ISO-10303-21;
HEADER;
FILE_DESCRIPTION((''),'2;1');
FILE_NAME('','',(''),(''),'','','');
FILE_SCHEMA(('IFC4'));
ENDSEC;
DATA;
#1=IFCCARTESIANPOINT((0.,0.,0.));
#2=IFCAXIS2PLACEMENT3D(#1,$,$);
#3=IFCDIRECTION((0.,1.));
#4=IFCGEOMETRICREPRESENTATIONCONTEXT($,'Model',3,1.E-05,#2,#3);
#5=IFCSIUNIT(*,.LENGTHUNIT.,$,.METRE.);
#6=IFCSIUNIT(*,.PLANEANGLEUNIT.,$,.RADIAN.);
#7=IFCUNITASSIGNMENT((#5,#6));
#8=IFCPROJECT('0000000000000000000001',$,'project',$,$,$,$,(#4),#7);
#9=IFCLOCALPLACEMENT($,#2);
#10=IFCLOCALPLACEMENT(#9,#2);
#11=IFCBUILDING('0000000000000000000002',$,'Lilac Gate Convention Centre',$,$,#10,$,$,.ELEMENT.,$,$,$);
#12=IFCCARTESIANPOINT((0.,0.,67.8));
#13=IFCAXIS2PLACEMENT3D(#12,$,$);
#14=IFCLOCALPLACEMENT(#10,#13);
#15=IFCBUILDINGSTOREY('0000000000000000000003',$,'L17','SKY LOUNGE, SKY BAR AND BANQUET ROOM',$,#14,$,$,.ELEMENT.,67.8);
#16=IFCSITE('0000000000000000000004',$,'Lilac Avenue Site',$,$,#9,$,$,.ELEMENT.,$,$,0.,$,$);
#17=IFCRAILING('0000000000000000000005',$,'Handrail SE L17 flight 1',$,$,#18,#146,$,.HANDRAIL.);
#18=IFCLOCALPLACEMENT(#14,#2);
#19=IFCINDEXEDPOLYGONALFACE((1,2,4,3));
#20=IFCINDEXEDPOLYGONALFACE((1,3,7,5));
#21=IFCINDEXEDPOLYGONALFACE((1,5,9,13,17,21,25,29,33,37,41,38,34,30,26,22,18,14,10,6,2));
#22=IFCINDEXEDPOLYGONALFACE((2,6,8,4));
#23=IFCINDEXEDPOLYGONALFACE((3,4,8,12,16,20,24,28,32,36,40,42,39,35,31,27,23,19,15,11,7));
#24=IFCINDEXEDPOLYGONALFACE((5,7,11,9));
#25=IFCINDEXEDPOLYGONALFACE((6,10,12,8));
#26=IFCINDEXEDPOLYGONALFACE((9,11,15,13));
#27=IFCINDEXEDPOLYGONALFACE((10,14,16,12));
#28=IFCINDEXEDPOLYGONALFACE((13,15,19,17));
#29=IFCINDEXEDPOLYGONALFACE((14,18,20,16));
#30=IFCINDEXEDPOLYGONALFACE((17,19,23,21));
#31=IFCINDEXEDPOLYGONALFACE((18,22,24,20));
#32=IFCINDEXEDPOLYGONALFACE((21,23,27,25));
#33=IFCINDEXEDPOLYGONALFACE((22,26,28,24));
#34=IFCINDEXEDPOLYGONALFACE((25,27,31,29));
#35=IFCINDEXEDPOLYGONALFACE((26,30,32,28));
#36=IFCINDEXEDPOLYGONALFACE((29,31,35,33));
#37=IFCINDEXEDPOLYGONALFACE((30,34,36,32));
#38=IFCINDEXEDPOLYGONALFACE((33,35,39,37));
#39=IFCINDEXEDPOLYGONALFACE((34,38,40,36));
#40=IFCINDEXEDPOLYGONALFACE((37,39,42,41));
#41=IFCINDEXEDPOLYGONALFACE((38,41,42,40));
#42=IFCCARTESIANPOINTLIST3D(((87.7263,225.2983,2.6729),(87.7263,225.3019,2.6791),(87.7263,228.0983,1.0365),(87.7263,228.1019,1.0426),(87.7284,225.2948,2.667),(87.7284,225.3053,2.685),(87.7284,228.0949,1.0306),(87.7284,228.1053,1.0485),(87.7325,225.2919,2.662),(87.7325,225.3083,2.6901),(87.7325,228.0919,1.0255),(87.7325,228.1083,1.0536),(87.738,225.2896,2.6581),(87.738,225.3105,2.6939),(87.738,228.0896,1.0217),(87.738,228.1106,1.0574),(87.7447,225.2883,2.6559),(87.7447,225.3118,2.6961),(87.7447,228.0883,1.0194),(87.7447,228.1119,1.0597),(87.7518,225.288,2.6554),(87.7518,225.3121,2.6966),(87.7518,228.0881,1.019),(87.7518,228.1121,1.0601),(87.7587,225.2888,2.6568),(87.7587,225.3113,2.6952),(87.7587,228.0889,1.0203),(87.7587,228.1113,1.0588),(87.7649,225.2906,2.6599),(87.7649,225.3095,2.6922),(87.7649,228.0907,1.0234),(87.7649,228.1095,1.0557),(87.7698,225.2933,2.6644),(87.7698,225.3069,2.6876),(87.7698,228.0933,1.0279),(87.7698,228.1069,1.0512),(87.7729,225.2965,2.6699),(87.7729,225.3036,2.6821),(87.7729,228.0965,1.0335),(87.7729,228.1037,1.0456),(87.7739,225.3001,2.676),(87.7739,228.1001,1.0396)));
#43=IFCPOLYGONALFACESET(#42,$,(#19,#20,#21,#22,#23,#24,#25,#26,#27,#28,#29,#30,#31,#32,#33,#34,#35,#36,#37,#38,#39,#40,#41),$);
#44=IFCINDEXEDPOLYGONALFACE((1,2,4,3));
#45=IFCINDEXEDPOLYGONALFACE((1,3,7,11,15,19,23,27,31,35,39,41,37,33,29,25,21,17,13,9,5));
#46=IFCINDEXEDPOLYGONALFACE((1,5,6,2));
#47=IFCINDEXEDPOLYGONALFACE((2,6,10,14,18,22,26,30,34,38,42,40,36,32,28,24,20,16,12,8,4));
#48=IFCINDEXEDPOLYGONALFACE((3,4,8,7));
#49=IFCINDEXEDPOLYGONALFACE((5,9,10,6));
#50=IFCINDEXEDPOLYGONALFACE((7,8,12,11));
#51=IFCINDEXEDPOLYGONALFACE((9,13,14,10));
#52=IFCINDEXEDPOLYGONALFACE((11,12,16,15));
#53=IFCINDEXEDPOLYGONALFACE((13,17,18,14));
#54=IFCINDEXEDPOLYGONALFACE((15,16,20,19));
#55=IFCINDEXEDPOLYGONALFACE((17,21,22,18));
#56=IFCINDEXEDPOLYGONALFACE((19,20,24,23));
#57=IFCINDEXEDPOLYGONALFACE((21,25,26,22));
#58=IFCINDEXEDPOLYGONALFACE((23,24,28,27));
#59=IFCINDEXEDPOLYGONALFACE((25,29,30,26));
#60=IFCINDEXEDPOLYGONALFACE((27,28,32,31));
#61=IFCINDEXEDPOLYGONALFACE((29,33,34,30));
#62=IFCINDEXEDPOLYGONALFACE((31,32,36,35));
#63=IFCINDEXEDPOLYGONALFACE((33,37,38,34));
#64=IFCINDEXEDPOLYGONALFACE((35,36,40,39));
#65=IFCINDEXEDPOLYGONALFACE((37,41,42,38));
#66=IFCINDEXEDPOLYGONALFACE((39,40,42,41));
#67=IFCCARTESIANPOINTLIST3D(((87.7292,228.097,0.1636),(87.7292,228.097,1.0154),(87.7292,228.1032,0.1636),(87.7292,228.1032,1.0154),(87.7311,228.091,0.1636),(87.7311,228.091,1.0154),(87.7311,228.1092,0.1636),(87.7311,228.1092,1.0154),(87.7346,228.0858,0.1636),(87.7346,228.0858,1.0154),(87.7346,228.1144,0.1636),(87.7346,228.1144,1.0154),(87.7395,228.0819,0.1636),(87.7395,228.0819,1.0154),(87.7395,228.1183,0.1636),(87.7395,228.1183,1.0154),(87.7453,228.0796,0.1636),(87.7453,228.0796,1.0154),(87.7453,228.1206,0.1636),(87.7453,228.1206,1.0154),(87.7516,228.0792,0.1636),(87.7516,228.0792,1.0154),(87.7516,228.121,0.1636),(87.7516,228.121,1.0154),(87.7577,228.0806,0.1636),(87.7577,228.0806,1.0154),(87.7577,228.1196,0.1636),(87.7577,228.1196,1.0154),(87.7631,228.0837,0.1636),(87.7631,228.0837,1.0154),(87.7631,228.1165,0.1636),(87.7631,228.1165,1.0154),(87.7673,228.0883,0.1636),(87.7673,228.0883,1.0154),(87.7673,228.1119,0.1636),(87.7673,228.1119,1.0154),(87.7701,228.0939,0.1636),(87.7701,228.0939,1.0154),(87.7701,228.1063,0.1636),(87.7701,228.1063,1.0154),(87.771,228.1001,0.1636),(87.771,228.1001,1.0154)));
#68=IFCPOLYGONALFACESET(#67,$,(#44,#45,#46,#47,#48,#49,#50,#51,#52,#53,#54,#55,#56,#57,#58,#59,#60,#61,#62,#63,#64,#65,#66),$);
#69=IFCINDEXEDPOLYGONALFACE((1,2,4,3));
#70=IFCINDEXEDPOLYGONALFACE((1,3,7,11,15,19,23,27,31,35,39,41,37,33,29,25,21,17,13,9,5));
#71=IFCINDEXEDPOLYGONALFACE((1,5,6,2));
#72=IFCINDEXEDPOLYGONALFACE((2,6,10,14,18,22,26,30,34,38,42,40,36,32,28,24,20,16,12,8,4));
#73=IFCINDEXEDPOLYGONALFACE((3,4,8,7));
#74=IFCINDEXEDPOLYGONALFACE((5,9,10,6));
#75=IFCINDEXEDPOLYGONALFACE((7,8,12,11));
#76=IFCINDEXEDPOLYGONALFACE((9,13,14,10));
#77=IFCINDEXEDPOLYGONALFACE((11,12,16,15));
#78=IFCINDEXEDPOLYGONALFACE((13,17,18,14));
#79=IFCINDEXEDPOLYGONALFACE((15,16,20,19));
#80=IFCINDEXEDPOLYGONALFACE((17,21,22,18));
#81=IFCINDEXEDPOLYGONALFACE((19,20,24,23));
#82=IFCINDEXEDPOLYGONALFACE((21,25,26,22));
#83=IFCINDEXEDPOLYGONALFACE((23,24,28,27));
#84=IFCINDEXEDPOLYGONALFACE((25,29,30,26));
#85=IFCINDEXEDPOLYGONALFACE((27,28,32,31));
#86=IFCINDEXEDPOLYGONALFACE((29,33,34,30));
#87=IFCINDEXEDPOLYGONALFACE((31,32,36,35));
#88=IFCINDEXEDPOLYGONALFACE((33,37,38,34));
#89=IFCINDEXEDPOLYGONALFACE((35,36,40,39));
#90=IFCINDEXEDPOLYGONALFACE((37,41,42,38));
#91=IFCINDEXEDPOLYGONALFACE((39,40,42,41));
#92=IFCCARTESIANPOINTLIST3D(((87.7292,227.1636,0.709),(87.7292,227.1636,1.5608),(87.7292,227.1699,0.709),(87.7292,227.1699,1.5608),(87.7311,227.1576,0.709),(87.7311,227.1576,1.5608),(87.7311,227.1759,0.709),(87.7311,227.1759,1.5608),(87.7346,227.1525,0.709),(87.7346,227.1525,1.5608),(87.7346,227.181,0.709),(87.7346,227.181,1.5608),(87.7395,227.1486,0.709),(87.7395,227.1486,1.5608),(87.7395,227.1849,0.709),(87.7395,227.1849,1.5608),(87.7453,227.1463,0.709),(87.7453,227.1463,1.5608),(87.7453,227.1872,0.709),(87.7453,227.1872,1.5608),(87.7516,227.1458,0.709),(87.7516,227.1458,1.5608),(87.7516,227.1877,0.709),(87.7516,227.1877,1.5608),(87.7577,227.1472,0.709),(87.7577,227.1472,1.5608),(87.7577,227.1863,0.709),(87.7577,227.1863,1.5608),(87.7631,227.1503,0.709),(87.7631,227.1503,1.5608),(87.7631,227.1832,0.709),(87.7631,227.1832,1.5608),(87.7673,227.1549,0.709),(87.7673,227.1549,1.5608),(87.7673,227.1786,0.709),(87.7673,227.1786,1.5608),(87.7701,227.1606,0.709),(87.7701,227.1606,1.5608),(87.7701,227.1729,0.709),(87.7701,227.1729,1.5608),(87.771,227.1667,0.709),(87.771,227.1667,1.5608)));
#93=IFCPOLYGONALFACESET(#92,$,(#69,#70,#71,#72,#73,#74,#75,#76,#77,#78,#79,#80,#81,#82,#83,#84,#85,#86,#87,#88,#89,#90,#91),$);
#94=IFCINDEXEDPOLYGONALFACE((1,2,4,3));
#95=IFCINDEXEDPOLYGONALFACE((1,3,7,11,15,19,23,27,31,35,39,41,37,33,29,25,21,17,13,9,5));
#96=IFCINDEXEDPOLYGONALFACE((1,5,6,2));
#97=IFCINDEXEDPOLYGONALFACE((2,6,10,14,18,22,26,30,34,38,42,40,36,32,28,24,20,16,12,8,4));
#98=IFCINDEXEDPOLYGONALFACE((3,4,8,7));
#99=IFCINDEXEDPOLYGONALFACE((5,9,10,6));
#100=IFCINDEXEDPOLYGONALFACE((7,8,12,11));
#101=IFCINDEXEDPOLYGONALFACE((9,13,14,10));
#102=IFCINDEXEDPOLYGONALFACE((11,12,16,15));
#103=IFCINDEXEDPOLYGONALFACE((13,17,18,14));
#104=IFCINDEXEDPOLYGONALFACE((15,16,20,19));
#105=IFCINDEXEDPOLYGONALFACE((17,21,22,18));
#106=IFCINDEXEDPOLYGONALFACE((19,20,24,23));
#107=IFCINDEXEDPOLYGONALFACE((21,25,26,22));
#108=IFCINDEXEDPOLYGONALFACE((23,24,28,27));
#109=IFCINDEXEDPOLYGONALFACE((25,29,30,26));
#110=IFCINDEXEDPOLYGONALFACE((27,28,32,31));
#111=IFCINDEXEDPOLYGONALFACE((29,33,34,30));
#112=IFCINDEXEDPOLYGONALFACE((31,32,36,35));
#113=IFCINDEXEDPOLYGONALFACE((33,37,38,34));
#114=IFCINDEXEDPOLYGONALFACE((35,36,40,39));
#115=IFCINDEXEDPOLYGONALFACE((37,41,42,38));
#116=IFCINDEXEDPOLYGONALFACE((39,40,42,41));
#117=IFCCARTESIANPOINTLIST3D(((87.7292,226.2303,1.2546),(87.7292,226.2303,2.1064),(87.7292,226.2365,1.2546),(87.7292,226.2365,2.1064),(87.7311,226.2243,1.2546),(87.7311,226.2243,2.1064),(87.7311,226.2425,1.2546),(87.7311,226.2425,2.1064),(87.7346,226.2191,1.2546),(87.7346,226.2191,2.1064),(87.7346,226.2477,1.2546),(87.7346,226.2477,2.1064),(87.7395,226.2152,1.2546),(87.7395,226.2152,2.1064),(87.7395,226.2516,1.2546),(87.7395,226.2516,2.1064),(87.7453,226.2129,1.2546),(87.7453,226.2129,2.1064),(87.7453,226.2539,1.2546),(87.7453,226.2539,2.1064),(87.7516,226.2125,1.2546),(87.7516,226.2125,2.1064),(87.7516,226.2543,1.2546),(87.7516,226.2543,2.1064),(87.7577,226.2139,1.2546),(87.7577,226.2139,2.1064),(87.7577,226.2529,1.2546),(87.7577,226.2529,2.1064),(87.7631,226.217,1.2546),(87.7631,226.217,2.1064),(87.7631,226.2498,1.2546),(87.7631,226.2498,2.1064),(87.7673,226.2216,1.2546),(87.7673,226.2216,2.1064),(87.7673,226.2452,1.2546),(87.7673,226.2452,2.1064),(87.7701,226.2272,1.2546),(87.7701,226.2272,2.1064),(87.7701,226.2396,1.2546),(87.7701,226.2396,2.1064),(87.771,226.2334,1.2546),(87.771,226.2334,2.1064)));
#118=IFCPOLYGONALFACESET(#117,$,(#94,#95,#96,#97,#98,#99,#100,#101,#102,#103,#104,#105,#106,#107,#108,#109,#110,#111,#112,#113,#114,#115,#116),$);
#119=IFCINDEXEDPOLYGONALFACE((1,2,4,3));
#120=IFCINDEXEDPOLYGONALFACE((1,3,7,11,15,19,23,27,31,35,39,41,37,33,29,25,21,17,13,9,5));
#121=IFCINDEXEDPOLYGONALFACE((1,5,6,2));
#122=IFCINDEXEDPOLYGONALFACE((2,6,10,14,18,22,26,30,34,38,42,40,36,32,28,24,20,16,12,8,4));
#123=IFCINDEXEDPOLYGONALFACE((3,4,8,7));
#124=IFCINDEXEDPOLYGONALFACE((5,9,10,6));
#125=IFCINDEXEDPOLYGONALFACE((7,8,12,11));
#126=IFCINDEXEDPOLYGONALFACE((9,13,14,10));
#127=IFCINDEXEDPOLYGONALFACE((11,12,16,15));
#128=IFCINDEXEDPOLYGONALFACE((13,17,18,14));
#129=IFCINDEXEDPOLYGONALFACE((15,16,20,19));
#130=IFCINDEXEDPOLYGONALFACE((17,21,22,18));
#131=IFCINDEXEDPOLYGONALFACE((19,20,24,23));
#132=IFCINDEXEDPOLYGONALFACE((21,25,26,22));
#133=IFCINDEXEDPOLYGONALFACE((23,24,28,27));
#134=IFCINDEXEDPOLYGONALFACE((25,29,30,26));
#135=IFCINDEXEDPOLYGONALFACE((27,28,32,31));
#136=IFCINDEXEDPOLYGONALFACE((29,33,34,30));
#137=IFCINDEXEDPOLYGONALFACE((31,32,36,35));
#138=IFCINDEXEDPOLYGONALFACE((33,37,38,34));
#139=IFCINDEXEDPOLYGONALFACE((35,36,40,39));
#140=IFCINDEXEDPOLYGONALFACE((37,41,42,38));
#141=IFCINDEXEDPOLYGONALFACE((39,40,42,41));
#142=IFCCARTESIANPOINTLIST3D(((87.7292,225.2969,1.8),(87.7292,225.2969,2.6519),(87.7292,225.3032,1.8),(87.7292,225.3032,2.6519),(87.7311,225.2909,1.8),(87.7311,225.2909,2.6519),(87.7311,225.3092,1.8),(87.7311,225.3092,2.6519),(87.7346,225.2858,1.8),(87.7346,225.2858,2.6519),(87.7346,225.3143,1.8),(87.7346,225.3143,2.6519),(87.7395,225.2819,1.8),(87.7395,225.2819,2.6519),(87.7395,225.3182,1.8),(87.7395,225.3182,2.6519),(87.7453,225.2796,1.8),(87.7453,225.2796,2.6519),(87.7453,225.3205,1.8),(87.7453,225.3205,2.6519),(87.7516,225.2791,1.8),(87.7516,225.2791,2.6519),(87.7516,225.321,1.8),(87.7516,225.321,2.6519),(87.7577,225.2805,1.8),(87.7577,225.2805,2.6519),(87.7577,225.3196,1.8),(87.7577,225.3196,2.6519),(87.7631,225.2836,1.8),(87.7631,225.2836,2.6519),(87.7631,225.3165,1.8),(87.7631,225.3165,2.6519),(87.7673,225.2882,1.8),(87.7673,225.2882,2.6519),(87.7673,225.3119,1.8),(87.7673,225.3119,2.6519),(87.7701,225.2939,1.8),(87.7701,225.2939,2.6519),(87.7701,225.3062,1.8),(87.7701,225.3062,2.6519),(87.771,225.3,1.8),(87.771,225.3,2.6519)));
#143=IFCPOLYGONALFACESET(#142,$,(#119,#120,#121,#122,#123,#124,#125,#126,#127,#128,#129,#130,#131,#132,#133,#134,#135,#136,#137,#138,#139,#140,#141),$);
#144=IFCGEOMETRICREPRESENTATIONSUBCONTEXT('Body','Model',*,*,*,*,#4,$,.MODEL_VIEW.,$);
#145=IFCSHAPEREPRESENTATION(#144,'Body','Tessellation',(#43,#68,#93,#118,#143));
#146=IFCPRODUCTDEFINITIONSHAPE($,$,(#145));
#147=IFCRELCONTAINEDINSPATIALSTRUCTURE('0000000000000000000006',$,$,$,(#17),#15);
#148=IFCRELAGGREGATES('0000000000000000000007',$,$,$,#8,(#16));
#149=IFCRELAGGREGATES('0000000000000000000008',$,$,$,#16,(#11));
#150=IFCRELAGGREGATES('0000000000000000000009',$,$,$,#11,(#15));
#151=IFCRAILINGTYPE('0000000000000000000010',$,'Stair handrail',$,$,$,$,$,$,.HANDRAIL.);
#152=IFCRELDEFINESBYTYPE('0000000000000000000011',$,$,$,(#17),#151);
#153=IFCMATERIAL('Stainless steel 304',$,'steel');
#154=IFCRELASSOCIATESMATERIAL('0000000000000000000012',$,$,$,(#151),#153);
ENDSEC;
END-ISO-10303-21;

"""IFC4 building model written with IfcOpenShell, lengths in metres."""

from ifc_helpers import new_model, si_unit, direction, frame, origin, origin_2d, place, context, subcontext, project, spatial, circle, extrude, material, type_object, element, save


model = new_model("IFC4")

# Units and contexts
model_context = context("Model", 3, precision=1e-05, world=origin(), true_north=direction((0.0, 1.0)))
body_context = subcontext(model_context, "Body", "Model", "MODEL_VIEW")
ifc_project = project(units=[si_unit("LENGTHUNIT", "METRE"), si_unit("PLANEANGLEUNIT", "RADIAN")], contexts=[model_context])

# Site, building, storey
site_placement = place(None, origin())
site = spatial("IfcSite", under=ifc_project, at=site_placement, Name="Lilac Avenue Site", CompositionType="ELEMENT", RefElevation=0.0)
building_placement = place(site_placement, origin())
building = spatial("IfcBuilding", under=site, at=building_placement, Name="Lilac Gate Convention Centre", CompositionType="ELEMENT")
storey_placement = place(building_placement, frame((0.0, 0.0, 67.8)))
storey = spatial("IfcBuildingStorey", under=building, at=storey_placement, Name="L17", Description="SKY LOUNGE, SKY BAR AND BANQUET ROOM", CompositionType="ELEMENT", Elevation=67.8)

# Railing
ifc_material_1 = material(Name="Stainless steel 304", Category="steel")
railing_type = type_object("IfcRailingType", Name="Stair handrail", PredefinedType="HANDRAIL", material=ifc_material_1)
for number, where, name in (
    (1, (87.75, 228.1001, 0.1636), "Handrail SE L17 flight 1"),
):
    element("IfcRailing", number, at=place(storey_placement, frame(where)), inside=storey, type_object=railing_type, Name=name, PredefinedType="HANDRAIL", context=body_context, shape_type="SweptSolid", body=[
        extrude(circle(Radius=0.0239, at=origin_2d()), frame((0.0, 0.0, 0.876), z_axis=(0.0, -0.863361, 0.504587), x_axis=(1.0, 0.0, 0.0)), (0.0, 0.0, 1.0), 3.2432),
        extrude(circle(Radius=0.021, at=origin_2d()), origin(), (0.0, 0.0, 1.0), 0.8518),
        extrude(circle(Radius=0.021, at=origin_2d()), frame((0.0, -0.9333, 0.5454)), (0.0, 0.0, 1.0), 0.8518),
        extrude(circle(Radius=0.021, at=origin_2d()), frame((0.0, -1.8667, 1.0911)), (0.0, 0.0, 1.0), 0.8518),
        extrude(circle(Radius=0.021, at=origin_2d()), frame((0.0, -2.8, 1.6365)), (0.0, 0.0, 1.0), 0.8518),
    ])

save(model, "model.ifc")
